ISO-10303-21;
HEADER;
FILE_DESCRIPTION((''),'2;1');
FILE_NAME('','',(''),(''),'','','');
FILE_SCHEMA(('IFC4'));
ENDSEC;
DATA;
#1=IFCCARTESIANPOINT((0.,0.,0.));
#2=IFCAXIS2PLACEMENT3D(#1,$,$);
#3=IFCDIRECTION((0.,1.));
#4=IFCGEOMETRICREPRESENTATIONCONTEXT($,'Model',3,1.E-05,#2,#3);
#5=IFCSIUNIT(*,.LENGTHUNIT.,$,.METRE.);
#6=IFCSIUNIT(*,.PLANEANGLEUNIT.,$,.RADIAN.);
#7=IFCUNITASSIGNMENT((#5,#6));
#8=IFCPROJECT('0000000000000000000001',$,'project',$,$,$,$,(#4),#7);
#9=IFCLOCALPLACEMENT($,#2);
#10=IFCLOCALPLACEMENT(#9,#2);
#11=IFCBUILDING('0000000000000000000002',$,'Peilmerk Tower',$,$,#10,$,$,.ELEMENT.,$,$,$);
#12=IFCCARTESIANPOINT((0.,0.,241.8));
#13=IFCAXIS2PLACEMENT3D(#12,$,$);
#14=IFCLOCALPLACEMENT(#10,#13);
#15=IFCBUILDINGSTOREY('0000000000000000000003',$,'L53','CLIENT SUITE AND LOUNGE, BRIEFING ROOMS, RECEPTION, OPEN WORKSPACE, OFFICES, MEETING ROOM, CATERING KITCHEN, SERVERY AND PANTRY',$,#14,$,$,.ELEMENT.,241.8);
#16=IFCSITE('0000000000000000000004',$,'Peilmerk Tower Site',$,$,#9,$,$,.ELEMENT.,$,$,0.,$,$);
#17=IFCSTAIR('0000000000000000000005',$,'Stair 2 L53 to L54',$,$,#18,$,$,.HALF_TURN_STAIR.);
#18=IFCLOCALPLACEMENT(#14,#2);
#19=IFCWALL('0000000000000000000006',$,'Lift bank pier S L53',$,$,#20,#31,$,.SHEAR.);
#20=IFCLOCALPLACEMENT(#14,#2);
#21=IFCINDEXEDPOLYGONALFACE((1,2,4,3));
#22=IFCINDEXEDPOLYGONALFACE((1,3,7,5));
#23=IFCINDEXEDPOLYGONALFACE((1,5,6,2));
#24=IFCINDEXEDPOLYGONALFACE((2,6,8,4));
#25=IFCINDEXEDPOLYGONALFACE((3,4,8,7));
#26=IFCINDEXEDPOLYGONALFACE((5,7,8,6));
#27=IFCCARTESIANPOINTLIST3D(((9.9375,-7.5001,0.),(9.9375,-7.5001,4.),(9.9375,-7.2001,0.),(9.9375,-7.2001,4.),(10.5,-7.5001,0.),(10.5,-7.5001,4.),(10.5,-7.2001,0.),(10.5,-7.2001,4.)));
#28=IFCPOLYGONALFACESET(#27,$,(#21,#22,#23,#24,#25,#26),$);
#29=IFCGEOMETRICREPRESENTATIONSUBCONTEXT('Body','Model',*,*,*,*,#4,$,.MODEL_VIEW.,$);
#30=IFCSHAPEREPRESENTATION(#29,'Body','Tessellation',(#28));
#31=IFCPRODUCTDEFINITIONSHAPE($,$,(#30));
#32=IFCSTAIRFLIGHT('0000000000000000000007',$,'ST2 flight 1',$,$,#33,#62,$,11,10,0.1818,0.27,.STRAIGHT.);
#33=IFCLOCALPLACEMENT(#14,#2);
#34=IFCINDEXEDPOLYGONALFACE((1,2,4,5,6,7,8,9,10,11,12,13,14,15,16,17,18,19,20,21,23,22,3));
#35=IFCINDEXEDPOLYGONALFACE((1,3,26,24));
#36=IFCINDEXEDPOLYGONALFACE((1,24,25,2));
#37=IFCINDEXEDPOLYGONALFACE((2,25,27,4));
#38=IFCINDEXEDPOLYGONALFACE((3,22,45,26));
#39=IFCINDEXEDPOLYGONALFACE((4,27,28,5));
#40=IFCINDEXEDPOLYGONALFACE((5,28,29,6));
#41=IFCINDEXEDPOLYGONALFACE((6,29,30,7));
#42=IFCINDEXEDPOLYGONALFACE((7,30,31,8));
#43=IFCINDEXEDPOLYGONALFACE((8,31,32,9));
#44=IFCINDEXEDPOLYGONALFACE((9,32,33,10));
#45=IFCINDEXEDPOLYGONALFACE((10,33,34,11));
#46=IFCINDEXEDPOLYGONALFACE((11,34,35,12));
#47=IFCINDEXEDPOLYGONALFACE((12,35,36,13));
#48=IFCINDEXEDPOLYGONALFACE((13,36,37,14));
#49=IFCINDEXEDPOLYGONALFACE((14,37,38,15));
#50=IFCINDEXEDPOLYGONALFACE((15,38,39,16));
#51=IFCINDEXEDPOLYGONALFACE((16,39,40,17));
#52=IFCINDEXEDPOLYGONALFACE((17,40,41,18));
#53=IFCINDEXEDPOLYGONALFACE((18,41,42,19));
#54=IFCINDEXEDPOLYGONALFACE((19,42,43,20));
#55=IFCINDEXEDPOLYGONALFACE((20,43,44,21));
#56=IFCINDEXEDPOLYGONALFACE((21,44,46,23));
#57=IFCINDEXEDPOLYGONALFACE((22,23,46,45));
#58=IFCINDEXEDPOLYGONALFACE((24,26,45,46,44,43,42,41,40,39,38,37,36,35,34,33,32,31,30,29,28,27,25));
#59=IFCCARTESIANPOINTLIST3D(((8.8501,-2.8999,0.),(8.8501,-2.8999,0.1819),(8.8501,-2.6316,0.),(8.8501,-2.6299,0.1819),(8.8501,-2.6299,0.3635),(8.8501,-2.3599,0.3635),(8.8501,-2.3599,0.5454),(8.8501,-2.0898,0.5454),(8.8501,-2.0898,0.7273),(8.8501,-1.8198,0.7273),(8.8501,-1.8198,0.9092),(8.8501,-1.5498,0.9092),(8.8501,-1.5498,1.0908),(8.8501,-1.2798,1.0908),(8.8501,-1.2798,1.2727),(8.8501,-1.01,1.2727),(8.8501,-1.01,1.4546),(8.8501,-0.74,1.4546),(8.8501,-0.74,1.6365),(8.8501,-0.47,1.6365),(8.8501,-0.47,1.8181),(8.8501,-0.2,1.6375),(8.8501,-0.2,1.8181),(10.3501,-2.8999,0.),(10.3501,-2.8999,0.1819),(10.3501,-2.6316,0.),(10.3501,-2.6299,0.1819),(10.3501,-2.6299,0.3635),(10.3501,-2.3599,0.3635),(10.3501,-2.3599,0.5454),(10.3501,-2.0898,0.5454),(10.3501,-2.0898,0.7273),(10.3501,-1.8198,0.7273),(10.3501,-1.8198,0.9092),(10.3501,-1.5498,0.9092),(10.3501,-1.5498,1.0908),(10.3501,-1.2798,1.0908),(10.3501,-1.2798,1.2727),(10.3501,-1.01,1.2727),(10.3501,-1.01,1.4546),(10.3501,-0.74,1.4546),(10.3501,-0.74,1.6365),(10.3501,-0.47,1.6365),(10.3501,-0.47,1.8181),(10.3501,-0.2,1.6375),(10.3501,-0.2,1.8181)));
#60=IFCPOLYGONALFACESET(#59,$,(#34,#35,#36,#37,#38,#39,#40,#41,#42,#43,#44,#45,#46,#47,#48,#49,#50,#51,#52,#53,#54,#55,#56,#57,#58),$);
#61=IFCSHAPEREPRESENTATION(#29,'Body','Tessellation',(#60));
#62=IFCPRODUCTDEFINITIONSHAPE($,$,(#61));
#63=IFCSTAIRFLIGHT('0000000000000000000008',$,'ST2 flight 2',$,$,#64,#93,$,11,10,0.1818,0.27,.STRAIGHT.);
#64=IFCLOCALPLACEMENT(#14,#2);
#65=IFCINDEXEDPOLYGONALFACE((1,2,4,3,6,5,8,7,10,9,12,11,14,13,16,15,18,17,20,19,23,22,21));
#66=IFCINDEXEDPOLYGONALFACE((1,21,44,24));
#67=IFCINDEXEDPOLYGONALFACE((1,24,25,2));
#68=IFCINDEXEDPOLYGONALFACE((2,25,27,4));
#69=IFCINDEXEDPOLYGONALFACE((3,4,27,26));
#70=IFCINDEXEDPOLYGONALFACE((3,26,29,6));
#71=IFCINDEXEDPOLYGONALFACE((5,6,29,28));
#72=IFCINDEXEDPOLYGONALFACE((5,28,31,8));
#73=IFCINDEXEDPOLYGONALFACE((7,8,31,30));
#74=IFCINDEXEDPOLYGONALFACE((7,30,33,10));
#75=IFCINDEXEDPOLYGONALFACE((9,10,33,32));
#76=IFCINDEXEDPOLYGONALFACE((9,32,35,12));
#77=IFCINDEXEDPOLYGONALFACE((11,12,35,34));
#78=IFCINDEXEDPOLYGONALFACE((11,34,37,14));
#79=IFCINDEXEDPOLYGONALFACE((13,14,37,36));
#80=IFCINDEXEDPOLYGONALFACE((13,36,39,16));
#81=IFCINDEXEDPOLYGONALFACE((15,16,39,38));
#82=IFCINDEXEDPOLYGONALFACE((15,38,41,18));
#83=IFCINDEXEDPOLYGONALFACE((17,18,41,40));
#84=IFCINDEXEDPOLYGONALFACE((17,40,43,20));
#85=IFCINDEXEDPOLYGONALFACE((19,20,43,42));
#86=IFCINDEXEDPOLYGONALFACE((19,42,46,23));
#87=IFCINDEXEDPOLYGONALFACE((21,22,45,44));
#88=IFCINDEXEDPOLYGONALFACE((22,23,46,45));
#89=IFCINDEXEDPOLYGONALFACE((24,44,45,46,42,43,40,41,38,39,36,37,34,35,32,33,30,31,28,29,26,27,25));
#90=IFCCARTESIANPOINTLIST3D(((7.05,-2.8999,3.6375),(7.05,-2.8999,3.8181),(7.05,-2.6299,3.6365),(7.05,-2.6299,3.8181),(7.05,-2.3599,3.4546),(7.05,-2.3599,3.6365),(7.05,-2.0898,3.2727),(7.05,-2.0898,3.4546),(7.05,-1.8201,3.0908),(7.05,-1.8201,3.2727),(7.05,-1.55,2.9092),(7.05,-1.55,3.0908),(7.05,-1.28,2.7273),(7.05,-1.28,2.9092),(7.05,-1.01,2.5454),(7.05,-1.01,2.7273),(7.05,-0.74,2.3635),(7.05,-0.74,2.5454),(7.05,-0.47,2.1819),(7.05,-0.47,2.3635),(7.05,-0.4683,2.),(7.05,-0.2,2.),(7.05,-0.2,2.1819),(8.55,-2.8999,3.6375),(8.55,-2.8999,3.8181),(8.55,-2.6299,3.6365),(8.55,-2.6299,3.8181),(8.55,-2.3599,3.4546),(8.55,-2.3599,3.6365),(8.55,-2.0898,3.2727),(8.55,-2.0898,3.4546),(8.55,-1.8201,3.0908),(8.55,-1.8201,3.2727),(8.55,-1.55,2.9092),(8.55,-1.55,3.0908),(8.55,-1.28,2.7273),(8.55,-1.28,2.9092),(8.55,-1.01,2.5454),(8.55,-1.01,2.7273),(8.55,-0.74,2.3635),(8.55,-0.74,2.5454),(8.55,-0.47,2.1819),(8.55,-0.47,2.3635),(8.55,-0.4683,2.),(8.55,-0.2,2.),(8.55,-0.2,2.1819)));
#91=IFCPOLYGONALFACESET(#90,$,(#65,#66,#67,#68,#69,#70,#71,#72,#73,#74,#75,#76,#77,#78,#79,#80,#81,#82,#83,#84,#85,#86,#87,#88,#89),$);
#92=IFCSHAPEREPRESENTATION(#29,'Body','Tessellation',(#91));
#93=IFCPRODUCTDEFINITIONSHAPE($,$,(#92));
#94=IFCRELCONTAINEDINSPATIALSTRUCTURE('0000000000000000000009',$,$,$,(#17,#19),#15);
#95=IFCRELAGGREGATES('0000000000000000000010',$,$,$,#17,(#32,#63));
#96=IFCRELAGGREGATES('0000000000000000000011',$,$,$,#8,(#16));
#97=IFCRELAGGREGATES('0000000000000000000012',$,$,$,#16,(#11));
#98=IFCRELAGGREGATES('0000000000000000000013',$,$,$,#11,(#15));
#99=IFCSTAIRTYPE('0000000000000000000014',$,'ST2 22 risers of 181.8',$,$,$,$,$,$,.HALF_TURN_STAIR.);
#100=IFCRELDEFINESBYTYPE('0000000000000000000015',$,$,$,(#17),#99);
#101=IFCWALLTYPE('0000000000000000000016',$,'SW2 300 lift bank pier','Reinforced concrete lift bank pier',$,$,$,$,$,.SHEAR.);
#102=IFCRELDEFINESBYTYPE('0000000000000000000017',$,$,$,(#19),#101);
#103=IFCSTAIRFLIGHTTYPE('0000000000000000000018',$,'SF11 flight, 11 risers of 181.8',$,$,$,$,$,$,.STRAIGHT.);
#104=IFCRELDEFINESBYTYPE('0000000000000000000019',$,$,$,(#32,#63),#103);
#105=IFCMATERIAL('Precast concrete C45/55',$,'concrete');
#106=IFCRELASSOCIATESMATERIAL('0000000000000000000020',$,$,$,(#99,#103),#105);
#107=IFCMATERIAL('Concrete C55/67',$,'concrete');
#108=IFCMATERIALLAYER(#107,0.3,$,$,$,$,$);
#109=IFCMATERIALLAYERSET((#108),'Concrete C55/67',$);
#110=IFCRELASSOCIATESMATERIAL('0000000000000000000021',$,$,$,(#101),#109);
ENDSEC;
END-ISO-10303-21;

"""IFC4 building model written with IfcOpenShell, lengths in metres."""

from ifc_helpers import new_model, si_unit, direction, frame, frame_2d, origin, place, context, subcontext, project, spatial, polyline, rectangle, outline, extrude, material, layer, layer_set, type_object, element, aggregate, save


model = new_model("IFC4")

# Units and contexts
model_context = context("Model", 3, precision=1e-05, world=origin(), true_north=direction((0.0, 1.0)))
body_context = subcontext(model_context, "Body", "Model", "MODEL_VIEW")
ifc_project = project(units=[si_unit("LENGTHUNIT", "METRE"), si_unit("PLANEANGLEUNIT", "RADIAN")], contexts=[model_context])

# Site, building, storey
site_placement = place(None, origin())
site = spatial("IfcSite", under=ifc_project, at=site_placement, Name="Peilmerk Tower Site", CompositionType="ELEMENT", RefElevation=0.0)
building_placement = place(site_placement, origin())
building = spatial("IfcBuilding", under=site, at=building_placement, Name="Peilmerk Tower", CompositionType="ELEMENT")
storey_placement = place(building_placement, frame((0.0, 0.0, 241.8)))
storey = spatial("IfcBuildingStorey", under=building, at=storey_placement, Name="L53", Description="CLIENT SUITE AND LOUNGE, BRIEFING ROOMS, RECEPTION, OPEN WORKSPACE, OFFICES, MEETING ROOM, CATERING KITCHEN, SERVERY AND PANTRY", CompositionType="ELEMENT", Elevation=241.8)

# Stair
ifc_material_1 = material(Name="Precast concrete C45/55", Category="concrete")
stair_type_1 = type_object("IfcStairType", Name="ST2 22 risers of 181.8", PredefinedType="HALF_TURN_STAIR", material=ifc_material_1)
stair_1_placement = place(storey_placement, origin())
stair_1 = element("IfcStair", 1, at=stair_1_placement, inside=storey, type_object=stair_type_1, Name="Stair 2 L53 to L54", PredefinedType="HALF_TURN_STAIR")

# Wall
ifc_material_2 = material(Name="Concrete C55/67", Category="concrete")
ifc_layer_1 = layer(ifc_material_2, 0.3)
ifc_layer_set_1 = layer_set([ifc_layer_1], Name="Concrete C55/67")
wall_type_1 = type_object("IfcWallType", Name="SW2 300 lift bank pier", Description="Reinforced concrete lift bank pier", PredefinedType="SHEAR", material=ifc_layer_set_1)
wall_1_placement = place(storey_placement, frame((9.9375, -7.3501, 0.0), z_axis=(0.0, 0.0, 1.0), x_axis=(1.0, 0.0, 0.0)))
element("IfcWall", 2, at=wall_1_placement, inside=storey, type_object=wall_type_1, Name="Lift bank pier S L53", PredefinedType="SHEAR", context=body_context, shape_type="SweptSolid", body=[
    extrude(rectangle(XDim=0.5625, YDim=0.3, at=frame_2d((0.2812, 0.0))), origin(), (0.0, 0.0, 1.0), 4.0),
])

# Stair flights
stair_flight_type = type_object("IfcStairFlightType", Name="SF11 flight, 11 risers of 181.8", PredefinedType="STRAIGHT", material=ifc_material_1)
stair_flight_1_placement = place(storey_placement, frame((9.6001, -2.8999, 0.0), z_axis=(0.0, 0.0, 1.0), x_axis=(0.0, 1.0, 0.0)))
stair_flight_1 = element("IfcStairFlight", 3, at=stair_flight_1_placement, type_object=stair_flight_type, Name="ST2 flight 1", NumberOfRisers=11, NumberOfTreads=10, PredefinedType="STRAIGHT", RiserHeight=0.1818, TreadLength=0.27, context=body_context, shape_type="SweptSolid", body=[
    extrude(outline(polyline([(0.0, 0.0), (0.0, 0.1819), (0.27, 0.1819), (0.27, 0.3635), (0.54, 0.3635), (0.54, 0.5454), (0.8101, 0.5454), (0.8101, 0.7273), (1.0801, 0.7273), (1.0801, 0.9092), (1.3501, 0.9092), (1.3501, 1.0908), (1.6201, 1.0908), (1.6201, 1.2727), (1.8899, 1.2727), (1.8899, 1.4546), (2.1599, 1.4546), (2.1599, 1.6365), (2.4299, 1.6365), (2.4299, 1.8181), (2.7, 1.8181), (2.7, 2.0), (2.7, 1.6375), (0.2683, 0.0), (0.0, 0.0)])), frame((0.0, 0.75, 0.0), z_axis=(0.0, -1.0, 0.0), x_axis=(1.0, 0.0, 0.0)), (0.0, 0.0, 1.0), 1.5),
])
stair_flight_2_placement = place(storey_placement, frame((7.8, -0.2, 2.0), z_axis=(0.0, 0.0, 1.0), x_axis=(0.0, -1.0, 0.0)))
stair_flight_2 = element("IfcStairFlight", 4, at=stair_flight_2_placement, type_object=stair_flight_type, Name="ST2 flight 2", NumberOfRisers=11, NumberOfTreads=10, PredefinedType="STRAIGHT", RiserHeight=0.1818, TreadLength=0.27, context=body_context, shape_type="SweptSolid", body=[
    extrude(outline(polyline([(0.0, 0.0), (0.0, 0.1819), (0.27, 0.1819), (0.27, 0.3635), (0.54, 0.3635), (0.54, 0.5454), (0.8101, 0.5454), (0.8101, 0.7273), (1.0801, 0.7273), (1.0801, 0.9092), (1.3501, 0.9092), (1.3501, 1.0908), (1.6201, 1.0908), (1.6201, 1.2727), (1.8899, 1.2727), (1.8899, 1.4546), (2.1599, 1.4546), (2.1599, 1.6365), (2.4299, 1.6365), (2.4299, 1.8181), (2.7, 1.8181), (2.7, 2.0), (2.7, 1.6375), (0.2683, 0.0), (0.0, 0.0)])), frame((0.0, 0.75, 0.0), z_axis=(0.0, -1.0, 0.0), x_axis=(1.0, 0.0, 0.0)), (0.0, 0.0, 1.0), 1.5),
])
aggregate(stair_1, [stair_flight_1, stair_flight_2])

save(model, "model.ifc")
